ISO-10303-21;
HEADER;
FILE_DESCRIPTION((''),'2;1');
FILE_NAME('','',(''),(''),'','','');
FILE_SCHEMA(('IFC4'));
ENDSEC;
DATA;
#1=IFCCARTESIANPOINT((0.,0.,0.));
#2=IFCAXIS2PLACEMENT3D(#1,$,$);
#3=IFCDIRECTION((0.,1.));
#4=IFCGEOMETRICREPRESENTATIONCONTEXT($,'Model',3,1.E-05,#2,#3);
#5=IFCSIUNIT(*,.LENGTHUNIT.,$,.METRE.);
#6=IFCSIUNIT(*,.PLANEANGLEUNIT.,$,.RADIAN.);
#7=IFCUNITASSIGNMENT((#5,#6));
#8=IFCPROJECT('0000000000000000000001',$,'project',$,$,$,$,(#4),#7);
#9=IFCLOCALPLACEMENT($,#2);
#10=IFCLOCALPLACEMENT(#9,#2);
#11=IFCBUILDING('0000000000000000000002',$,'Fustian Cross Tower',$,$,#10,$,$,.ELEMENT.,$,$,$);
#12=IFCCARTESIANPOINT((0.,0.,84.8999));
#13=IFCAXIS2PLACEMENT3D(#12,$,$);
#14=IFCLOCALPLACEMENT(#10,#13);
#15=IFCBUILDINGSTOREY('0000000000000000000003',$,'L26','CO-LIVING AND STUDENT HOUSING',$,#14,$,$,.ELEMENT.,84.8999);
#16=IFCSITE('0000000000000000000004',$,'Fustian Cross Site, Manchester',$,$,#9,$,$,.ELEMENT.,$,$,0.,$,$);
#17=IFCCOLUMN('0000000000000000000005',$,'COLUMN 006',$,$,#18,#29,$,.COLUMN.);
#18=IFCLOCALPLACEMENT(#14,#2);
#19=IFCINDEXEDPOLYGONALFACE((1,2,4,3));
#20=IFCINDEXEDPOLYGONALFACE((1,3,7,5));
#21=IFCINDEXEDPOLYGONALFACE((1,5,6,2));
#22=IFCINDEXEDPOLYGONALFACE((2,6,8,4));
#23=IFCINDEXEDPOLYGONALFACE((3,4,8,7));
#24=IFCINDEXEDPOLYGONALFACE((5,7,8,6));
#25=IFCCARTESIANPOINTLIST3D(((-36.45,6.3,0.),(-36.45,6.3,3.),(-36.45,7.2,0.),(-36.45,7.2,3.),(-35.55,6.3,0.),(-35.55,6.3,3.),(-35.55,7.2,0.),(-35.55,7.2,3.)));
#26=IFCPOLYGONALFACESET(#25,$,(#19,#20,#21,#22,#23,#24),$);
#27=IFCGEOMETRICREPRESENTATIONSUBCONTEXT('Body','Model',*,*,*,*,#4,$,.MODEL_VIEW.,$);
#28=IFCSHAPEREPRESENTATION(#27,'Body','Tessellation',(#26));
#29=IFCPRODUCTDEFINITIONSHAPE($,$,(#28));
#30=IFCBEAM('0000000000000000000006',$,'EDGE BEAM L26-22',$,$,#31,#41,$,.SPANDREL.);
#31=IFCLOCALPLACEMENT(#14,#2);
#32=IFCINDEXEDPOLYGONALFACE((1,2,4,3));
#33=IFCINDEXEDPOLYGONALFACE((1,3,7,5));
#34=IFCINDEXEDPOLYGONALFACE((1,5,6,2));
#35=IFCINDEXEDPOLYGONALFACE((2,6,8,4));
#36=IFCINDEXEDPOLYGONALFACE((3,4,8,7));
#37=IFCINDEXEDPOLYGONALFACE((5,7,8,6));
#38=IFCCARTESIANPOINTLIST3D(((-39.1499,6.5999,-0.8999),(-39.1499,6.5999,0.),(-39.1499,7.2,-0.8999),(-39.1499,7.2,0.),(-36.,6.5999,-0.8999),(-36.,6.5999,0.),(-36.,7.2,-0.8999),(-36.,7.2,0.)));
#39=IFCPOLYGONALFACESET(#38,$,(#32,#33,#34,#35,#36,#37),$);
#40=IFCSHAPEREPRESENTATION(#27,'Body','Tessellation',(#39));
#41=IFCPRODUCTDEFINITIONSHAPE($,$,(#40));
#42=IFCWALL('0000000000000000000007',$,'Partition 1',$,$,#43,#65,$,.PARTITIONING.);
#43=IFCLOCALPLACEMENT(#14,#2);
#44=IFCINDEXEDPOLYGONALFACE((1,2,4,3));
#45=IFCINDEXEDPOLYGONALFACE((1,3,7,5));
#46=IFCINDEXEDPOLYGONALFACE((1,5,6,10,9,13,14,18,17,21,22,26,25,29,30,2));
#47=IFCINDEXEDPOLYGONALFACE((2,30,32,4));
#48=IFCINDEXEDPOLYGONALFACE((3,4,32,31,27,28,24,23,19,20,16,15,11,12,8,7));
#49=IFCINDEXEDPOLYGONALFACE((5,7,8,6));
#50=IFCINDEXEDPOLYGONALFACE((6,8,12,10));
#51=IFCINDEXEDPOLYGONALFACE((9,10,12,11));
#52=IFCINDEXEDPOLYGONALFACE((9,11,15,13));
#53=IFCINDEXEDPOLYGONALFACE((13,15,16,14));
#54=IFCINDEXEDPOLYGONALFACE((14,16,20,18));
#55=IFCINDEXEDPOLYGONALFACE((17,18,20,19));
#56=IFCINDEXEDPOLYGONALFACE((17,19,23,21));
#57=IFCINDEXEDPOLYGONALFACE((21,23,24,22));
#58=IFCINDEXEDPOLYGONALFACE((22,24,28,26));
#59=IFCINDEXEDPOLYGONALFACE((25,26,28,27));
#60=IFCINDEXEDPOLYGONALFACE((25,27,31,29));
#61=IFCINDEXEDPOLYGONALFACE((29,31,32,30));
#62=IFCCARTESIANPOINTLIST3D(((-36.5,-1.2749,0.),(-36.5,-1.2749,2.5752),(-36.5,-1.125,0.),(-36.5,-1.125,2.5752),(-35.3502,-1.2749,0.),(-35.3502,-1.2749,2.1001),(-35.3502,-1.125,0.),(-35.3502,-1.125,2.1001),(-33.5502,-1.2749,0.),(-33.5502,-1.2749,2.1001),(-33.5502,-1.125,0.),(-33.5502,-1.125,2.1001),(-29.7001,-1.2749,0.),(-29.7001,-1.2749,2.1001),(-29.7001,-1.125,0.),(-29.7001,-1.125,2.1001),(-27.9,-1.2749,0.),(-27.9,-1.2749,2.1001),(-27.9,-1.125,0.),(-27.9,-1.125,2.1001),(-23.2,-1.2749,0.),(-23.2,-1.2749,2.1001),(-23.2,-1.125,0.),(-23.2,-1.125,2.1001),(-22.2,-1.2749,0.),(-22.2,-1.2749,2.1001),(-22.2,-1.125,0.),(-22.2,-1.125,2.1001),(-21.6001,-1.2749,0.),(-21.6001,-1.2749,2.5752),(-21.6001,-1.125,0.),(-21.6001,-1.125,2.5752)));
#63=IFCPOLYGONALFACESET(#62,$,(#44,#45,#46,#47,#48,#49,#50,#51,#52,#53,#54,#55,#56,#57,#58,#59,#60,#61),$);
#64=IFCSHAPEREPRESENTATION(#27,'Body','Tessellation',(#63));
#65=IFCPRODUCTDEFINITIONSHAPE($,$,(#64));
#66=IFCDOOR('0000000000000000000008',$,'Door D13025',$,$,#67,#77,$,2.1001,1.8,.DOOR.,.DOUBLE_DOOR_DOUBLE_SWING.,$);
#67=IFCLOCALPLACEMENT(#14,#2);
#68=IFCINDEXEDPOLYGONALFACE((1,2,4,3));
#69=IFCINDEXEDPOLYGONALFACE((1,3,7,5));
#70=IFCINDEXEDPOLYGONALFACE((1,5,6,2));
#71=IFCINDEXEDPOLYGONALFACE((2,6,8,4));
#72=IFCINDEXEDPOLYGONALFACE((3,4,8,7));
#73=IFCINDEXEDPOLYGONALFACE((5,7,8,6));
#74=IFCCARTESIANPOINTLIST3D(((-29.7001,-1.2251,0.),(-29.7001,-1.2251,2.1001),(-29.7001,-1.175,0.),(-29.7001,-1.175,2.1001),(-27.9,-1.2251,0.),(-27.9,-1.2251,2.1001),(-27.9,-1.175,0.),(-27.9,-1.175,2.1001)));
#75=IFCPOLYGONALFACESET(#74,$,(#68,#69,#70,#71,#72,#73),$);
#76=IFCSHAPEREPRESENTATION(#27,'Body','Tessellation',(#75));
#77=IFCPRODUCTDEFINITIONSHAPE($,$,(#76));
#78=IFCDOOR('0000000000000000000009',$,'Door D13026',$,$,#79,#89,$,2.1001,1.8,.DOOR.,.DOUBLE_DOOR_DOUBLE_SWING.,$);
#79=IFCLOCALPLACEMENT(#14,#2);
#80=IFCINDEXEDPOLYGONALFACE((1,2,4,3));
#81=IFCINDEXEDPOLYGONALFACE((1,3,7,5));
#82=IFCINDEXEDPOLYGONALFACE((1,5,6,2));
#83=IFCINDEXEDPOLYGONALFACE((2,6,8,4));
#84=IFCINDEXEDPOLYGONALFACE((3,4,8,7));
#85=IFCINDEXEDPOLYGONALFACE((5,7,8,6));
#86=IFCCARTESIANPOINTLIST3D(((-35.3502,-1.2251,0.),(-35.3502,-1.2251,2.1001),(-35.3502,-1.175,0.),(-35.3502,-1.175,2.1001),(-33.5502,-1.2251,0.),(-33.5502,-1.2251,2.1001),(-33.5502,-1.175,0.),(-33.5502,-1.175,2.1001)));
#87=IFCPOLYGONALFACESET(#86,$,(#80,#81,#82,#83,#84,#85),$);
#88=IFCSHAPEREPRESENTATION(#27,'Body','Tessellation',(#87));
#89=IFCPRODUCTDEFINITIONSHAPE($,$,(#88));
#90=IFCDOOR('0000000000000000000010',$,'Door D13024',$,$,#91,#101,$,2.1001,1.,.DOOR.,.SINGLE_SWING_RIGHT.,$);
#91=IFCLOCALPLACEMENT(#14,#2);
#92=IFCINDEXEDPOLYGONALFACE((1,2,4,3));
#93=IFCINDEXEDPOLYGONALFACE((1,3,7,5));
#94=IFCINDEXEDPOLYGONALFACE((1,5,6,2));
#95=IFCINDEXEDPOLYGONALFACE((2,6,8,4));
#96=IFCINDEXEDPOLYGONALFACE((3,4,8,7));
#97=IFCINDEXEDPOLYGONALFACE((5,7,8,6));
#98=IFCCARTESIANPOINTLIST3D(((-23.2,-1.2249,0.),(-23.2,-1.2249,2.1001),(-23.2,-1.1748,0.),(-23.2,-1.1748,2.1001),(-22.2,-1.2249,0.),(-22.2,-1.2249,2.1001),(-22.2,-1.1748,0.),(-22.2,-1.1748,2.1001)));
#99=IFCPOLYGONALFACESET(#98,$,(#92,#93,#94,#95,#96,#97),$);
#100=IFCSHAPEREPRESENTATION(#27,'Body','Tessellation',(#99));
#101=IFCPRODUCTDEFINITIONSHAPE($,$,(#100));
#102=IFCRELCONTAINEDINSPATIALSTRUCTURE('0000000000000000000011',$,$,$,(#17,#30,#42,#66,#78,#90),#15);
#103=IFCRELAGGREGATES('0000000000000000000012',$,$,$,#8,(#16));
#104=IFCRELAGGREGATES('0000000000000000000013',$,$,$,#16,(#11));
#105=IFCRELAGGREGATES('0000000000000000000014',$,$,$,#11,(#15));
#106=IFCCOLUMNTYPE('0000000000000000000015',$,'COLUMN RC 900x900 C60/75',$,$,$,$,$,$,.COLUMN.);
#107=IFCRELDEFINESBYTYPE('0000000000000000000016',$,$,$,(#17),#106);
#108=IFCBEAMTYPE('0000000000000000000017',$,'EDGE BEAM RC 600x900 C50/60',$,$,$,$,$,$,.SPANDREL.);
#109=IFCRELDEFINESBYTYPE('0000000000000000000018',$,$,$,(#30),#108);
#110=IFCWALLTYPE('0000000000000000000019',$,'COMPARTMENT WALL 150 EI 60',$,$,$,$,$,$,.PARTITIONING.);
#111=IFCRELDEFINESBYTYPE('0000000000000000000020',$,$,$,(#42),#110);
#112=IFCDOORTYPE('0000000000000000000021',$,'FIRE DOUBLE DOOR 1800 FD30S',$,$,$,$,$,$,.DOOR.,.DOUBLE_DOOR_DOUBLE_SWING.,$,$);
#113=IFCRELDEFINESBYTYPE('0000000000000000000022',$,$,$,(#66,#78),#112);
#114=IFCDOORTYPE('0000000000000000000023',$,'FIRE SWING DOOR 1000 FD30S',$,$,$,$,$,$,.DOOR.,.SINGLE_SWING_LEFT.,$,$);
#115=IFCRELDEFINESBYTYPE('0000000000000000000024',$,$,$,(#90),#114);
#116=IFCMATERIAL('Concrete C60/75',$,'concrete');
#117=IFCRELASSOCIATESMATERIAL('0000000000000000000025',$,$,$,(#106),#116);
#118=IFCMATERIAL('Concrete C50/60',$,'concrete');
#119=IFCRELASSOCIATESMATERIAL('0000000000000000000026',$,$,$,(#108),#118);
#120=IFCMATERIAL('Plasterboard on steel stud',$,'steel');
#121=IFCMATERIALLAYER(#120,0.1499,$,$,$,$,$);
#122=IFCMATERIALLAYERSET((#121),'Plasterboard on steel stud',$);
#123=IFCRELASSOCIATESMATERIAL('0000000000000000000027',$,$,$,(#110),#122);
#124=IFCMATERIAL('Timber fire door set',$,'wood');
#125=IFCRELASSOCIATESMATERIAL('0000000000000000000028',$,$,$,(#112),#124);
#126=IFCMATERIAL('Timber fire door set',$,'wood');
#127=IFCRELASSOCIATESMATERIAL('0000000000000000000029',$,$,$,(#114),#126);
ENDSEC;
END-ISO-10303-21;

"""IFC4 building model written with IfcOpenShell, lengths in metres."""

from ifc_helpers import new_model, si_unit, direction, frame, frame_2d, origin, origin_2d, place, context, subcontext, project, spatial, rectangle, extrude, material, layer, layer_set, material_profile, profile_set, type_object, element, fill, save


model = new_model("IFC4")

# Units and contexts
model_context = context("Model", 3, precision=1e-05, world=origin(), true_north=direction((0.0, 1.0)))
body_context = subcontext(model_context, "Body", "Model", "MODEL_VIEW")
ifc_project = project(units=[si_unit("LENGTHUNIT", "METRE"), si_unit("PLANEANGLEUNIT", "RADIAN")], contexts=[model_context])

# Site, building, storey
site_placement = place(None, origin())
site = spatial("IfcSite", under=ifc_project, at=site_placement, Name="Fustian Cross Site, Manchester", CompositionType="ELEMENT", RefElevation=0.0)
building_placement = place(site_placement, origin())
building = spatial("IfcBuilding", under=site, at=building_placement, Name="Fustian Cross Tower", CompositionType="ELEMENT")
storey_placement = place(building_placement, frame((0.0, 0.0, 84.8999)))
storey = spatial("IfcBuildingStorey", under=building, at=storey_placement, Name="L26", Description="CO-LIVING AND STUDENT HOUSING", CompositionType="ELEMENT", Elevation=84.8999)

# Column
ifc_material_1 = material(Name="Concrete C60/75", Category="concrete")
ifc_material_profile_1 = material_profile(ifc_material_1, rectangle(XDim=0.8999, YDim=0.8999, at=origin_2d()), Name="RC 900x900")
ifc_profile_set_1 = profile_set([ifc_material_profile_1], Name="Concrete C60/75")
column_type = type_object("IfcColumnType", Name="COLUMN RC 900x900 C60/75", PredefinedType="COLUMN", material=ifc_profile_set_1)
column_placement = place(storey_placement, frame((-36.0, 6.75, 0.0), z_axis=(0.0, 0.0, 1.0), x_axis=(1.0, 0.0, 0.0)))
element("IfcColumn", 1, at=column_placement, inside=storey, type_object=column_type, Name="COLUMN 006", PredefinedType="COLUMN", context=body_context, shape_type="SweptSolid", body=[
    extrude(rectangle(XDim=0.8999, YDim=0.8999, at=origin_2d()), origin(), (0.0, 0.0, 1.0), 3.0),
])

# Beam
ifc_material_2 = material(Name="Concrete C50/60", Category="concrete")
ifc_material_profile_2 = material_profile(ifc_material_2, rectangle(XDim=0.6001, YDim=0.8999, at=origin_2d()), Name="RC 600x900")
ifc_profile_set_2 = profile_set([ifc_material_profile_2], Name="Concrete C50/60")
beam_type = type_object("IfcBeamType", Name="EDGE BEAM RC 600x900 C50/60", PredefinedType="SPANDREL", material=ifc_profile_set_2)
beam_placement = place(storey_placement, frame((-36.0, 6.8999, -0.45), z_axis=(-1.0, 0.0, 0.0), x_axis=(0.0, -1.0, 0.0)))
element("IfcBeam", 2, at=beam_placement, inside=storey, type_object=beam_type, Name="EDGE BEAM L26-22", PredefinedType="SPANDREL", context=body_context, shape_type="SweptSolid", body=[
    extrude(rectangle(XDim=0.6001, YDim=0.8999, at=origin_2d()), origin(), (0.0, 0.0, 1.0), 3.1499),
])

# Wall, openings, doors
ifc_material_3 = material(Name="Plasterboard on steel stud", Category="steel")
ifc_layer_1 = layer(ifc_material_3, 0.1499)
ifc_layer_set_1 = layer_set([ifc_layer_1], Name="Plasterboard on steel stud")
wall_type_1 = type_object("IfcWallType", Name="COMPARTMENT WALL 150 EI 60", PredefinedType="PARTITIONING", material=ifc_layer_set_1)
wall_1_placement = place(storey_placement, frame((-36.5, -1.2, 0.0), z_axis=(0.0, 0.0, 1.0), x_axis=(1.0, 0.0, 0.0)))
wall_1 = element("IfcWall", 3, at=wall_1_placement, inside=storey, type_object=wall_type_1, Name="Partition 1", PredefinedType="PARTITIONING", context=body_context, shape_type="SweptSolid", body=[
    extrude(rectangle(XDim=14.8999, YDim=0.1499, at=frame_2d((7.45, 0.0))), origin(), (0.0, 0.0, 1.0), 2.5752),
])
opening_1_placement = place(wall_1_placement, frame((13.3, 0.0, 0.0)))
opening_1 = element("IfcOpeningElement", 4, at=opening_1_placement, cuts=wall_1, PredefinedType="OPENING", context=body_context, shape_type="SweptSolid", body=[
    extrude(rectangle(XDim=1.0, YDim=2.1001, at=frame_2d((0.5, 1.05))), frame((0.0, 0.085, 0.0), z_axis=(0.0, -1.0, 0.0), x_axis=(1.0, 0.0, 0.0)), (0.0, 0.0, 1.0), 0.1699),
])
opening_2_placement = place(wall_1_placement, frame((6.8, 0.0, 0.0)))
opening_2 = element("IfcOpeningElement", 5, at=opening_2_placement, cuts=wall_1, PredefinedType="OPENING", context=body_context, shape_type="SweptSolid", body=[
    extrude(rectangle(XDim=1.8, YDim=2.1001, at=frame_2d((0.8999, 1.05))), frame((0.0, 0.085, 0.0), z_axis=(0.0, -1.0, 0.0), x_axis=(1.0, 0.0, 0.0)), (0.0, 0.0, 1.0), 0.1699),
])
opening_3_placement = place(wall_1_placement, frame((1.1499, 0.0, 0.0)))
opening_3 = element("IfcOpeningElement", 6, at=opening_3_placement, cuts=wall_1, PredefinedType="OPENING", context=body_context, shape_type="SweptSolid", body=[
    extrude(rectangle(XDim=1.8, YDim=2.1001, at=frame_2d((0.8999, 1.05))), frame((0.0, 0.085, 0.0), z_axis=(0.0, -1.0, 0.0), x_axis=(1.0, 0.0, 0.0)), (0.0, 0.0, 1.0), 0.1699),
])
ifc_material_4 = material(Name="Timber fire door set", Category="wood")
door_type_1 = type_object("IfcDoorType", Name="FIRE DOUBLE DOOR 1800 FD30S", OperationType="DOUBLE_DOOR_DOUBLE_SWING", PredefinedType="DOOR", material=ifc_material_4)
door_1_placement = place(opening_2_placement, origin())
door_1 = element("IfcDoor", 7, at=door_1_placement, inside=storey, type_object=door_type_1, Name="Door D13025", OperationType="DOUBLE_DOOR_DOUBLE_SWING", OverallHeight=2.1001, OverallWidth=1.8, PredefinedType="DOOR", context=body_context, shape_type="SweptSolid", body=[
    extrude(rectangle(XDim=1.8, YDim=2.1001, at=frame_2d((0.8999, 1.05))), frame((0.0, 0.0249, 0.0), z_axis=(0.0, -1.0, 0.0), x_axis=(1.0, 0.0, 0.0)), (0.0, 0.0, 1.0), 0.05),
])
fill(opening_2, door_1)
door_2_placement = place(opening_3_placement, origin())
door_2 = element("IfcDoor", 8, at=door_2_placement, inside=storey, type_object=door_type_1, Name="Door D13026", OperationType="DOUBLE_DOOR_DOUBLE_SWING", OverallHeight=2.1001, OverallWidth=1.8, PredefinedType="DOOR", context=body_context, shape_type="SweptSolid", body=[
    extrude(rectangle(XDim=1.8, YDim=2.1001, at=frame_2d((0.8999, 1.05))), frame((0.0, 0.0249, 0.0), z_axis=(0.0, -1.0, 0.0), x_axis=(1.0, 0.0, 0.0)), (0.0, 0.0, 1.0), 0.05),
])
fill(opening_3, door_2)
ifc_material_5 = material(Name="Timber fire door set", Category="wood")
door_type_2 = type_object("IfcDoorType", Name="FIRE SWING DOOR 1000 FD30S", OperationType="SINGLE_SWING_LEFT", PredefinedType="DOOR", material=ifc_material_5)
door_3_placement = place(opening_1_placement, frame((1.0, 0.0, 0.0), z_axis=(0.0, 0.0, 1.0), x_axis=(-1.0, 0.0, 0.0)))
door_3 = element("IfcDoor", 9, at=door_3_placement, inside=storey, type_object=door_type_2, Name="Door D13024", OperationType="SINGLE_SWING_RIGHT", OverallHeight=2.1001, OverallWidth=1.0, PredefinedType="DOOR", context=body_context, shape_type="SweptSolid", body=[
    extrude(rectangle(XDim=1.0, YDim=2.1001, at=frame_2d((0.5, 1.05))), frame((0.0, 0.0249, 0.0), z_axis=(0.0, -1.0, 0.0), x_axis=(1.0, 0.0, 0.0)), (0.0, 0.0, 1.0), 0.05),
])
fill(opening_1, door_3)

save(model, "model.ifc")
